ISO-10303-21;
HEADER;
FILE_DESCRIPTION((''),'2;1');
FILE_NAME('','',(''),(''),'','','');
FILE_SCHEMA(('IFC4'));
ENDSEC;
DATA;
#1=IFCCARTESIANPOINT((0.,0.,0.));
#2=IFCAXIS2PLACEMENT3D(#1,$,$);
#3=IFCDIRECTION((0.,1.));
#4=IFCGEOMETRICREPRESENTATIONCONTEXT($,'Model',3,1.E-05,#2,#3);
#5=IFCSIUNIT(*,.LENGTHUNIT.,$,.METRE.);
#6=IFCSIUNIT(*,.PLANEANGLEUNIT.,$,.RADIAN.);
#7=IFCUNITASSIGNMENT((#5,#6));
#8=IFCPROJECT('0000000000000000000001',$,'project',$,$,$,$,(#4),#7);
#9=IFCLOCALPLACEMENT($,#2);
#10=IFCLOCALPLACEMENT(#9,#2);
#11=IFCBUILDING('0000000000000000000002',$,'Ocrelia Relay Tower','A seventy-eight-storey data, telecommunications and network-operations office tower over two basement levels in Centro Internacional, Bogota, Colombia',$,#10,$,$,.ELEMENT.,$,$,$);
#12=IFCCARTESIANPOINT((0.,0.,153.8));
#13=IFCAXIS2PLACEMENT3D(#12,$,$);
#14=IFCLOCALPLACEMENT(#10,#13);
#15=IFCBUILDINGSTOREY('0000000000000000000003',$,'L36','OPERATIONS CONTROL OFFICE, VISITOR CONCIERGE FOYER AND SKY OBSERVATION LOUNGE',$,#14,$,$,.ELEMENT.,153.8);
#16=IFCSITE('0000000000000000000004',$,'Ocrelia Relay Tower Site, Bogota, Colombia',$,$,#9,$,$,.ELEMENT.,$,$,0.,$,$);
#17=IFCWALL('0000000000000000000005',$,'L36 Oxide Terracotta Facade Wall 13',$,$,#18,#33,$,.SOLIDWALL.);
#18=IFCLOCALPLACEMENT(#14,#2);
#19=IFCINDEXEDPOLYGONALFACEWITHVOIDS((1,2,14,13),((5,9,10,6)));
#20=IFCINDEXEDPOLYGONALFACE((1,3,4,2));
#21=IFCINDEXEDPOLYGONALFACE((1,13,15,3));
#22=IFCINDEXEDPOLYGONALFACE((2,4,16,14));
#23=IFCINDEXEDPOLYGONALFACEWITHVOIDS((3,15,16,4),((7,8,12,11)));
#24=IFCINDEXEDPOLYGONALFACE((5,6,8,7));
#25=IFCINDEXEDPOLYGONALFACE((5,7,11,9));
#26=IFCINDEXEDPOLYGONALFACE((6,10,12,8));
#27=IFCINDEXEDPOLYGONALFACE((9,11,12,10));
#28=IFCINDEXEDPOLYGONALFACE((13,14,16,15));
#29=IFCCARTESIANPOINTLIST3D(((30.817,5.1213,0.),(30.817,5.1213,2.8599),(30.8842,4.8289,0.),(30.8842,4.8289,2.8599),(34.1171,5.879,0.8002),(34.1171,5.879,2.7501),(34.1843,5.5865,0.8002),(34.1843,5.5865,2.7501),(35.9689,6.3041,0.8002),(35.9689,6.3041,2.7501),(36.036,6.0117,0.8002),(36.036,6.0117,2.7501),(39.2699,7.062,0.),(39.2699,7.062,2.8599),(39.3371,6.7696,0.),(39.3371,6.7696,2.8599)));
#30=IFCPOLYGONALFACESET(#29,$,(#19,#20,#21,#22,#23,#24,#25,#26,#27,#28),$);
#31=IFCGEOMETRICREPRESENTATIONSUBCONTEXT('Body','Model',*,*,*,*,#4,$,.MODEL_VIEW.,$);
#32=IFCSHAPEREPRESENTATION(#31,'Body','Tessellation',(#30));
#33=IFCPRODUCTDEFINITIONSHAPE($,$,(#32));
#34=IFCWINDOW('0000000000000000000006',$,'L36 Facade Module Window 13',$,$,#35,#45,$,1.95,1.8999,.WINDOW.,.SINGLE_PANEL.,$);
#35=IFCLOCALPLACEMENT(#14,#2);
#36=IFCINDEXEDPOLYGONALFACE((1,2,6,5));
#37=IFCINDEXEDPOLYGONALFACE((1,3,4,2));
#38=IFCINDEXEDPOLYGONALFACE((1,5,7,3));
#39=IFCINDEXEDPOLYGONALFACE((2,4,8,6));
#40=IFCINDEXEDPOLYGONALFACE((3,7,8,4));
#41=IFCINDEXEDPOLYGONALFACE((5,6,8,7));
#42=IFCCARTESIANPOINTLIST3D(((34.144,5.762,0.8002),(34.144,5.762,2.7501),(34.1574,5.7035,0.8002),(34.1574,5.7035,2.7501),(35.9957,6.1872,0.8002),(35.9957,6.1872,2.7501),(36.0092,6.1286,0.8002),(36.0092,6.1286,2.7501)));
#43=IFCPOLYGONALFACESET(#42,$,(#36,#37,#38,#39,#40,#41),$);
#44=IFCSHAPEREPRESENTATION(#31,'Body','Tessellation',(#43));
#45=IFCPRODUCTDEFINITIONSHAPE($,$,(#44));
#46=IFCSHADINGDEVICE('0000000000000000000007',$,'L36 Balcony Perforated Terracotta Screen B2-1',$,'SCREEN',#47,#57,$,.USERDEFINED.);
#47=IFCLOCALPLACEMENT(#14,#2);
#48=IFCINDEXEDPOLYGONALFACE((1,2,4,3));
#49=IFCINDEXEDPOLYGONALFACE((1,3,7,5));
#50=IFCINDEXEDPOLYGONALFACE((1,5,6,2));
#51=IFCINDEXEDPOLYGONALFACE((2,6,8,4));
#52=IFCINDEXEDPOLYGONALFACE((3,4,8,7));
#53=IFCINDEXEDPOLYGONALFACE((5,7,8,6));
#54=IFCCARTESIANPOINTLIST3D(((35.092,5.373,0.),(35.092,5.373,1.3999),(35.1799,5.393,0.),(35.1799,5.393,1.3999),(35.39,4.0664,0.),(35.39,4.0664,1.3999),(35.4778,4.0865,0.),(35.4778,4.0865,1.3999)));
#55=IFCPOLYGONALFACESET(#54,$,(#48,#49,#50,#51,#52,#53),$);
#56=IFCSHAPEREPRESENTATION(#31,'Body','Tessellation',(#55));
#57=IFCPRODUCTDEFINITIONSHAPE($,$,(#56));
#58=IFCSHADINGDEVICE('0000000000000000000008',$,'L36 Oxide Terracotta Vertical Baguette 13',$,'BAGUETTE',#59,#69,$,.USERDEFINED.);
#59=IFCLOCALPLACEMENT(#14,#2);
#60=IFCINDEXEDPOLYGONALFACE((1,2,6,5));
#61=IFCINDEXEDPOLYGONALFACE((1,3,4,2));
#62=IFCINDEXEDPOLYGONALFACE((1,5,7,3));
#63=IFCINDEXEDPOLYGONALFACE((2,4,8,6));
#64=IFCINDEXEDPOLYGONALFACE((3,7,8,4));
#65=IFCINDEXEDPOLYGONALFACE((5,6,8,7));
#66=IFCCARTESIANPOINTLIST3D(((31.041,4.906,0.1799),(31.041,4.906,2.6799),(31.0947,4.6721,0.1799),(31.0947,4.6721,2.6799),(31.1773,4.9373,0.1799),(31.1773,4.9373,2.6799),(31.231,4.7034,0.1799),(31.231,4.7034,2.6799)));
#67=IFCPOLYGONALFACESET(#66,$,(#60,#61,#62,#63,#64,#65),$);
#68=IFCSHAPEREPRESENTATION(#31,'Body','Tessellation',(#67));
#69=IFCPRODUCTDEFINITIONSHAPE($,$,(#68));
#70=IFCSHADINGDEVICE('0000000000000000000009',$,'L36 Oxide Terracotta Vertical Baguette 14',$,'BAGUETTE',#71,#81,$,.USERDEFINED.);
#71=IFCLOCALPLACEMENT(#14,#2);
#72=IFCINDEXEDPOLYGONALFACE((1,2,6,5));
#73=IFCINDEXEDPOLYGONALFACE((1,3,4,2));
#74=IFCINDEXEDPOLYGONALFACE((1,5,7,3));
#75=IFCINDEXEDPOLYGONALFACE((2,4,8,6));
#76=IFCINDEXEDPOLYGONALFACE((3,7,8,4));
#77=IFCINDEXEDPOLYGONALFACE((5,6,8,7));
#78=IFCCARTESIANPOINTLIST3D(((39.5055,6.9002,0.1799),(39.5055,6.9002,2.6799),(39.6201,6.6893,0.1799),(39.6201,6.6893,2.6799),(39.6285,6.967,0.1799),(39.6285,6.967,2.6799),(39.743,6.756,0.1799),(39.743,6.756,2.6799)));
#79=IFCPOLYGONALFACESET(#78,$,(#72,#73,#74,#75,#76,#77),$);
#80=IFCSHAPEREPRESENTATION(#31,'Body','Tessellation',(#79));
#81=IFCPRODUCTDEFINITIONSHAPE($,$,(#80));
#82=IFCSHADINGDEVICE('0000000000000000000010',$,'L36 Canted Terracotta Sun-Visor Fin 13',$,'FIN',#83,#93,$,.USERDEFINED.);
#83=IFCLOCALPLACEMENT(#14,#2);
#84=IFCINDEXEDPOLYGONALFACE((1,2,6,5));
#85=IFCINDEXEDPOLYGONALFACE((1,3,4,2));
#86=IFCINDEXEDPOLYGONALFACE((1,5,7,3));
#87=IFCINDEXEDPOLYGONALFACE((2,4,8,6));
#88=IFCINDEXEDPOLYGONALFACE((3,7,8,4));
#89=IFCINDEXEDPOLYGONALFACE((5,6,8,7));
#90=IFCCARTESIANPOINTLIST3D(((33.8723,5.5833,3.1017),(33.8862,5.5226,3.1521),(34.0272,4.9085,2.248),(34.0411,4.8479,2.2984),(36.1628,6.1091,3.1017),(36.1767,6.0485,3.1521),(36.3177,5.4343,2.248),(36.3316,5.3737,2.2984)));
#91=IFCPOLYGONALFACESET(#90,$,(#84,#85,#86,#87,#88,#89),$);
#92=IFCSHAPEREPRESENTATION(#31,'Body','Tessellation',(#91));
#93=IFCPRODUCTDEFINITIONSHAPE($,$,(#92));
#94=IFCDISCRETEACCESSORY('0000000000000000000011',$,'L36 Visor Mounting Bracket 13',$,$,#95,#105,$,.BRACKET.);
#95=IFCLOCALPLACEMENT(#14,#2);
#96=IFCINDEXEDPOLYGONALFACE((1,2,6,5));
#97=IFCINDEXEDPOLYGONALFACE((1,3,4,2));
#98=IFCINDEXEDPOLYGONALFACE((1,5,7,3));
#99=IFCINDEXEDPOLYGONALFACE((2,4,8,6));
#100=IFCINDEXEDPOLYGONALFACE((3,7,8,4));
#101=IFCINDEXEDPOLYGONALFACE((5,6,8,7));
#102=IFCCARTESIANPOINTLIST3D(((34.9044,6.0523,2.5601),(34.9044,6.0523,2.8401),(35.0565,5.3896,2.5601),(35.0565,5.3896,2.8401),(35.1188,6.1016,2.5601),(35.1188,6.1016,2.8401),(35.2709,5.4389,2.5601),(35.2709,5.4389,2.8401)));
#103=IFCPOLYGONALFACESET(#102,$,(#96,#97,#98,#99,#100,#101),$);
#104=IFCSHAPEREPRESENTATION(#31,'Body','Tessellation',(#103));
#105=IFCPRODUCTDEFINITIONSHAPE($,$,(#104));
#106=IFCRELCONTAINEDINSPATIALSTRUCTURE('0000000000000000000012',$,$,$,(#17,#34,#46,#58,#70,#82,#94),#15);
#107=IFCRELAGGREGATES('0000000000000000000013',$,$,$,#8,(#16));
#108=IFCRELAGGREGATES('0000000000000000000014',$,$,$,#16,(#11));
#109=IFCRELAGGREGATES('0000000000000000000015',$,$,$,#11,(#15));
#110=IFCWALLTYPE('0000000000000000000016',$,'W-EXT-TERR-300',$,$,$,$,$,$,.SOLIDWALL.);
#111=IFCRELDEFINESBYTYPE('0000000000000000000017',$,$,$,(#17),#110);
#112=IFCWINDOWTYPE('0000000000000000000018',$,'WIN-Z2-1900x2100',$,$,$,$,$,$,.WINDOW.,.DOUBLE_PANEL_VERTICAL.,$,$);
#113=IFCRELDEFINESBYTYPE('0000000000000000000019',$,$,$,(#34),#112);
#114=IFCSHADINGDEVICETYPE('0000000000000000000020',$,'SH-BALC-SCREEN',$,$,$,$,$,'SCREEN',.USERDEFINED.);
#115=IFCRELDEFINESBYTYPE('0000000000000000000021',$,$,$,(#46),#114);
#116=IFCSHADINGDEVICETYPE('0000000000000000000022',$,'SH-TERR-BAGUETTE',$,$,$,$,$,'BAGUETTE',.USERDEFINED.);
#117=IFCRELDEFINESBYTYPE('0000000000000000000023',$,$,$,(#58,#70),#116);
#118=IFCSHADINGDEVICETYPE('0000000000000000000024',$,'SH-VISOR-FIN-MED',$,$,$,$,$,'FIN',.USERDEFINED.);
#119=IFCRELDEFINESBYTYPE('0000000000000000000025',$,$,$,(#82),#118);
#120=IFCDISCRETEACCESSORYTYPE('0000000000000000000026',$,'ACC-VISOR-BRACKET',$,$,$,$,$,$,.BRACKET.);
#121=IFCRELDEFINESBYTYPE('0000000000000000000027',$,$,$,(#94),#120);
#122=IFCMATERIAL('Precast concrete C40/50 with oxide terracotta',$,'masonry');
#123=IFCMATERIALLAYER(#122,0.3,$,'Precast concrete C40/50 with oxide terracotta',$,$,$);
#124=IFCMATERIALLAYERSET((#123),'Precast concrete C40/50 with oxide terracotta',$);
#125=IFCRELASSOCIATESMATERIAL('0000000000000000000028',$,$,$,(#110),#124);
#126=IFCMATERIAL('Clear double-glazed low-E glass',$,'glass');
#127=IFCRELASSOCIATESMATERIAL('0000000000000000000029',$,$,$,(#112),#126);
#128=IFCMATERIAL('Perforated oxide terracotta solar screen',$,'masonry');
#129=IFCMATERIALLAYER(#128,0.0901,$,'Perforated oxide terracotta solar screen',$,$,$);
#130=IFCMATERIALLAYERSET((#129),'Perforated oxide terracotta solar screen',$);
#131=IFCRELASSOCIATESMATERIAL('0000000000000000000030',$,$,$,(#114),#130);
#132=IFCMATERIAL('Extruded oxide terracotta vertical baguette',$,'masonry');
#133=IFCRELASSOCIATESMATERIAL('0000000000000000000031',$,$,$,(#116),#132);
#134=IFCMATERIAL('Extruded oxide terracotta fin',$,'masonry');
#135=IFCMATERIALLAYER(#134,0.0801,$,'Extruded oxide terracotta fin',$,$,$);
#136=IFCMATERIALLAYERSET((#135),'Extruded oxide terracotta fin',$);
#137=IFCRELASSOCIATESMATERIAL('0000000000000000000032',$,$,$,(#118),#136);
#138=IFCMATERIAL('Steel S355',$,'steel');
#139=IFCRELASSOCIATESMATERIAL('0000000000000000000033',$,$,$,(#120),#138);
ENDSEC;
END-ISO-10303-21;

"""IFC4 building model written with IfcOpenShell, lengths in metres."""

from ifc_helpers import new_model, si_unit, direction, frame, frame_2d, origin, origin_2d, place, context, subcontext, project, spatial, rectangle, extrude, material, layer, layer_set, type_object, element, fill, save


model = new_model("IFC4")

# Units and contexts
model_context = context("Model", 3, precision=1e-05, world=origin(), true_north=direction((0.0, 1.0)))
body_context = subcontext(model_context, "Body", "Model", "MODEL_VIEW")
ifc_project = project(units=[si_unit("LENGTHUNIT", "METRE"), si_unit("PLANEANGLEUNIT", "RADIAN")], contexts=[model_context])

# Site, building, storey
site_placement = place(None, origin())
site = spatial("IfcSite", under=ifc_project, at=site_placement, Name="Ocrelia Relay Tower Site, Bogota, Colombia", CompositionType="ELEMENT", RefElevation=0.0)
building_placement = place(site_placement, origin())
building = spatial("IfcBuilding", under=site, at=building_placement, Name="Ocrelia Relay Tower", Description="A seventy-eight-storey data, telecommunications and network-operations office tower over two basement levels in Centro Internacional, Bogota, Colombia", CompositionType="ELEMENT")
storey_placement = place(building_placement, frame((0.0, 0.0, 153.8)))
storey = spatial("IfcBuildingStorey", under=building, at=storey_placement, Name="L36", Description="OPERATIONS CONTROL OFFICE, VISITOR CONCIERGE FOYER AND SKY OBSERVATION LOUNGE", CompositionType="ELEMENT", Elevation=153.8)

# Shared definitions
ifc_material_1 = material(Name="Steel S355", Category="steel")

# Wall, opening, window
ifc_material_2 = material(Name="Precast concrete C40/50 with oxide terracotta", Category="masonry")
ifc_layer_1 = layer(ifc_material_2, 0.3, Name="Precast concrete C40/50 with oxide terracotta")
ifc_layer_set_1 = layer_set([ifc_layer_1], Name="Precast concrete C40/50 with oxide terracotta")
wall_type_1 = type_object("IfcWallType", Name="W-EXT-TERR-300", PredefinedType="SOLIDWALL", material=ifc_layer_set_1)
wall_1_placement = place(storey_placement, frame((30.8506, 4.9751, 0.0), z_axis=(0.0, 0.0, 1.0), x_axis=(0.974643, 0.223766, 0.0)))
wall_1 = element("IfcWall", 1, at=wall_1_placement, inside=storey, type_object=wall_type_1, Name="L36 Oxide Terracotta Facade Wall 13", PredefinedType="SOLIDWALL", context=body_context, shape_type="SweptSolid", body=[
    extrude(rectangle(XDim=8.6729, YDim=0.3, at=frame_2d((4.3364, 0.0))), origin(), (0.0, 0.0, 1.0), 2.8599),
])
opening_1_placement = place(wall_1_placement, frame((3.386, 0.0, 0.8)))
opening_1 = element("IfcOpeningElement", 2, at=opening_1_placement, cuts=wall_1, PredefinedType="OPENING", context=body_context, shape_type="SweptSolid", body=[
    extrude(rectangle(XDim=1.8999, YDim=1.95, at=frame_2d((0.95, 0.9751))), frame((0.0, 0.1602, 0.0), z_axis=(0.0, -1.0, 0.0), x_axis=(1.0, 0.0, 0.0)), (0.0, 0.0, 1.0), 0.3201),
])
ifc_material_3 = material(Name="Clear double-glazed low-E glass", Category="glass")
window_type = type_object("IfcWindowType", Name="WIN-Z2-1900x2100", PartitioningType="DOUBLE_PANEL_VERTICAL", PredefinedType="WINDOW", material=ifc_material_3)
window_placement = place(opening_1_placement, origin())
window = element("IfcWindow", 3, at=window_placement, inside=storey, type_object=window_type, Name="L36 Facade Module Window 13", OverallHeight=1.95, OverallWidth=1.8999, PartitioningType="SINGLE_PANEL", PredefinedType="WINDOW", context=body_context, shape_type="SweptSolid", body=[
    extrude(rectangle(XDim=1.8999, YDim=1.95, at=frame_2d((0.95, 0.9751))), frame((0.0, 0.03, 0.0), z_axis=(0.0, -1.0, 0.0), x_axis=(1.0, 0.0, 0.0)), (0.0, 0.0, 1.0), 0.0601),
])
fill(opening_1, window)

# Shading devices
ifc_material_4 = material(Name="Perforated oxide terracotta solar screen", Category="masonry")
ifc_layer_2 = layer(ifc_material_4, 0.0901, Name="Perforated oxide terracotta solar screen")
ifc_layer_set_2 = layer_set([ifc_layer_2], Name="Perforated oxide terracotta solar screen")
shading_device_type_1 = type_object("IfcShadingDeviceType", Name="SH-BALC-SCREEN", ElementType="SCREEN", PredefinedType="USERDEFINED", material=ifc_layer_set_2)
shading_device_1_placement = place(storey_placement, frame((35.2849, 4.7297, 0.0), z_axis=(0.0, 0.0, 1.0), x_axis=(0.222322, -0.974973, 0.0)))
element("IfcShadingDevice", 4, at=shading_device_1_placement, inside=storey, type_object=shading_device_type_1, Name="L36 Balcony Perforated Terracotta Screen B2-1", ObjectType="SCREEN", PredefinedType="USERDEFINED", context=body_context, shape_type="SweptSolid", body=[
    extrude(rectangle(XDim=1.3401, YDim=0.0901, at=origin_2d()), origin(), (0.0, 0.0, 1.0), 1.3999),
])
ifc_material_5 = material(Name="Extruded oxide terracotta vertical baguette", Category="masonry")
shading_device_type_2 = type_object("IfcShadingDeviceType", Name="SH-TERR-BAGUETTE", ElementType="BAGUETTE", PredefinedType="USERDEFINED", material=ifc_material_5)
for number, where, z_axis, x_axis, name in (
    (5, (31.136, 4.8047, 0.1799), (0.0, 0.0, 1.0), (0.974648, 0.223744, 0.0), "L36 Oxide Terracotta Vertical Baguette 13"),
    (6, (39.6243, 6.8281, 0.1799), (0.0, 0.0, 1.0), (0.878819, 0.477156, 0.0), "L36 Oxide Terracotta Vertical Baguette 14"),
):
    element("IfcShadingDevice", number, at=place(storey_placement, frame(where, z_axis=z_axis, x_axis=x_axis)), inside=storey, type_object=shading_device_type_2, Name=name, ObjectType="BAGUETTE", PredefinedType="USERDEFINED", context=body_context, shape_type="SweptSolid", body=[
        extrude(rectangle(XDim=0.1399, YDim=0.24, at=origin_2d()), origin(), (0.0, 0.0, 1.0), 2.5),
    ])
ifc_material_6 = material(Name="Extruded oxide terracotta fin", Category="masonry")
ifc_layer_3 = layer(ifc_material_6, 0.0801, Name="Extruded oxide terracotta fin")
ifc_layer_set_3 = layer_set([ifc_layer_3], Name="Extruded oxide terracotta fin")
shading_device_type_3 = type_object("IfcShadingDeviceType", Name="SH-VISOR-FIN-MED", ElementType="FIN", PredefinedType="USERDEFINED", material=ifc_layer_set_3)
shading_device_2_placement = place(storey_placement, frame((35.095, 5.5088, 2.6748), z_axis=(0.173783, -0.757015, 0.629863), x_axis=(0.974648, 0.223744, 0.0)))
element("IfcShadingDevice", 7, at=shading_device_2_placement, inside=storey, type_object=shading_device_type_3, Name="L36 Canted Terracotta Sun-Visor Fin 13", ObjectType="FIN", PredefinedType="USERDEFINED", context=body_context, shape_type="SweptSolid", body=[
    extrude(rectangle(XDim=2.3501, YDim=1.0991, at=origin_2d()), origin(), (0.0, 0.0, 1.0), 0.0801),
])

# Discrete accessory
discrete_accessory_type = type_object("IfcDiscreteAccessoryType", Name="ACC-VISOR-BRACKET", PredefinedType="BRACKET", material=ifc_material_1)
discrete_accessory_placement = place(storey_placement, frame((35.0876, 5.7456, 2.5601), z_axis=(0.0, 0.0, 1.0), x_axis=(0.974648, 0.223744, 0.0)))
element("IfcDiscreteAccessory", 8, at=discrete_accessory_placement, inside=storey, type_object=discrete_accessory_type, Name="L36 Visor Mounting Bracket 13", PredefinedType="BRACKET", context=body_context, shape_type="SweptSolid", body=[
    extrude(rectangle(XDim=0.22, YDim=0.6799, at=origin_2d()), origin(), (0.0, 0.0, 1.0), 0.28),
])

save(model, "model.ifc")
